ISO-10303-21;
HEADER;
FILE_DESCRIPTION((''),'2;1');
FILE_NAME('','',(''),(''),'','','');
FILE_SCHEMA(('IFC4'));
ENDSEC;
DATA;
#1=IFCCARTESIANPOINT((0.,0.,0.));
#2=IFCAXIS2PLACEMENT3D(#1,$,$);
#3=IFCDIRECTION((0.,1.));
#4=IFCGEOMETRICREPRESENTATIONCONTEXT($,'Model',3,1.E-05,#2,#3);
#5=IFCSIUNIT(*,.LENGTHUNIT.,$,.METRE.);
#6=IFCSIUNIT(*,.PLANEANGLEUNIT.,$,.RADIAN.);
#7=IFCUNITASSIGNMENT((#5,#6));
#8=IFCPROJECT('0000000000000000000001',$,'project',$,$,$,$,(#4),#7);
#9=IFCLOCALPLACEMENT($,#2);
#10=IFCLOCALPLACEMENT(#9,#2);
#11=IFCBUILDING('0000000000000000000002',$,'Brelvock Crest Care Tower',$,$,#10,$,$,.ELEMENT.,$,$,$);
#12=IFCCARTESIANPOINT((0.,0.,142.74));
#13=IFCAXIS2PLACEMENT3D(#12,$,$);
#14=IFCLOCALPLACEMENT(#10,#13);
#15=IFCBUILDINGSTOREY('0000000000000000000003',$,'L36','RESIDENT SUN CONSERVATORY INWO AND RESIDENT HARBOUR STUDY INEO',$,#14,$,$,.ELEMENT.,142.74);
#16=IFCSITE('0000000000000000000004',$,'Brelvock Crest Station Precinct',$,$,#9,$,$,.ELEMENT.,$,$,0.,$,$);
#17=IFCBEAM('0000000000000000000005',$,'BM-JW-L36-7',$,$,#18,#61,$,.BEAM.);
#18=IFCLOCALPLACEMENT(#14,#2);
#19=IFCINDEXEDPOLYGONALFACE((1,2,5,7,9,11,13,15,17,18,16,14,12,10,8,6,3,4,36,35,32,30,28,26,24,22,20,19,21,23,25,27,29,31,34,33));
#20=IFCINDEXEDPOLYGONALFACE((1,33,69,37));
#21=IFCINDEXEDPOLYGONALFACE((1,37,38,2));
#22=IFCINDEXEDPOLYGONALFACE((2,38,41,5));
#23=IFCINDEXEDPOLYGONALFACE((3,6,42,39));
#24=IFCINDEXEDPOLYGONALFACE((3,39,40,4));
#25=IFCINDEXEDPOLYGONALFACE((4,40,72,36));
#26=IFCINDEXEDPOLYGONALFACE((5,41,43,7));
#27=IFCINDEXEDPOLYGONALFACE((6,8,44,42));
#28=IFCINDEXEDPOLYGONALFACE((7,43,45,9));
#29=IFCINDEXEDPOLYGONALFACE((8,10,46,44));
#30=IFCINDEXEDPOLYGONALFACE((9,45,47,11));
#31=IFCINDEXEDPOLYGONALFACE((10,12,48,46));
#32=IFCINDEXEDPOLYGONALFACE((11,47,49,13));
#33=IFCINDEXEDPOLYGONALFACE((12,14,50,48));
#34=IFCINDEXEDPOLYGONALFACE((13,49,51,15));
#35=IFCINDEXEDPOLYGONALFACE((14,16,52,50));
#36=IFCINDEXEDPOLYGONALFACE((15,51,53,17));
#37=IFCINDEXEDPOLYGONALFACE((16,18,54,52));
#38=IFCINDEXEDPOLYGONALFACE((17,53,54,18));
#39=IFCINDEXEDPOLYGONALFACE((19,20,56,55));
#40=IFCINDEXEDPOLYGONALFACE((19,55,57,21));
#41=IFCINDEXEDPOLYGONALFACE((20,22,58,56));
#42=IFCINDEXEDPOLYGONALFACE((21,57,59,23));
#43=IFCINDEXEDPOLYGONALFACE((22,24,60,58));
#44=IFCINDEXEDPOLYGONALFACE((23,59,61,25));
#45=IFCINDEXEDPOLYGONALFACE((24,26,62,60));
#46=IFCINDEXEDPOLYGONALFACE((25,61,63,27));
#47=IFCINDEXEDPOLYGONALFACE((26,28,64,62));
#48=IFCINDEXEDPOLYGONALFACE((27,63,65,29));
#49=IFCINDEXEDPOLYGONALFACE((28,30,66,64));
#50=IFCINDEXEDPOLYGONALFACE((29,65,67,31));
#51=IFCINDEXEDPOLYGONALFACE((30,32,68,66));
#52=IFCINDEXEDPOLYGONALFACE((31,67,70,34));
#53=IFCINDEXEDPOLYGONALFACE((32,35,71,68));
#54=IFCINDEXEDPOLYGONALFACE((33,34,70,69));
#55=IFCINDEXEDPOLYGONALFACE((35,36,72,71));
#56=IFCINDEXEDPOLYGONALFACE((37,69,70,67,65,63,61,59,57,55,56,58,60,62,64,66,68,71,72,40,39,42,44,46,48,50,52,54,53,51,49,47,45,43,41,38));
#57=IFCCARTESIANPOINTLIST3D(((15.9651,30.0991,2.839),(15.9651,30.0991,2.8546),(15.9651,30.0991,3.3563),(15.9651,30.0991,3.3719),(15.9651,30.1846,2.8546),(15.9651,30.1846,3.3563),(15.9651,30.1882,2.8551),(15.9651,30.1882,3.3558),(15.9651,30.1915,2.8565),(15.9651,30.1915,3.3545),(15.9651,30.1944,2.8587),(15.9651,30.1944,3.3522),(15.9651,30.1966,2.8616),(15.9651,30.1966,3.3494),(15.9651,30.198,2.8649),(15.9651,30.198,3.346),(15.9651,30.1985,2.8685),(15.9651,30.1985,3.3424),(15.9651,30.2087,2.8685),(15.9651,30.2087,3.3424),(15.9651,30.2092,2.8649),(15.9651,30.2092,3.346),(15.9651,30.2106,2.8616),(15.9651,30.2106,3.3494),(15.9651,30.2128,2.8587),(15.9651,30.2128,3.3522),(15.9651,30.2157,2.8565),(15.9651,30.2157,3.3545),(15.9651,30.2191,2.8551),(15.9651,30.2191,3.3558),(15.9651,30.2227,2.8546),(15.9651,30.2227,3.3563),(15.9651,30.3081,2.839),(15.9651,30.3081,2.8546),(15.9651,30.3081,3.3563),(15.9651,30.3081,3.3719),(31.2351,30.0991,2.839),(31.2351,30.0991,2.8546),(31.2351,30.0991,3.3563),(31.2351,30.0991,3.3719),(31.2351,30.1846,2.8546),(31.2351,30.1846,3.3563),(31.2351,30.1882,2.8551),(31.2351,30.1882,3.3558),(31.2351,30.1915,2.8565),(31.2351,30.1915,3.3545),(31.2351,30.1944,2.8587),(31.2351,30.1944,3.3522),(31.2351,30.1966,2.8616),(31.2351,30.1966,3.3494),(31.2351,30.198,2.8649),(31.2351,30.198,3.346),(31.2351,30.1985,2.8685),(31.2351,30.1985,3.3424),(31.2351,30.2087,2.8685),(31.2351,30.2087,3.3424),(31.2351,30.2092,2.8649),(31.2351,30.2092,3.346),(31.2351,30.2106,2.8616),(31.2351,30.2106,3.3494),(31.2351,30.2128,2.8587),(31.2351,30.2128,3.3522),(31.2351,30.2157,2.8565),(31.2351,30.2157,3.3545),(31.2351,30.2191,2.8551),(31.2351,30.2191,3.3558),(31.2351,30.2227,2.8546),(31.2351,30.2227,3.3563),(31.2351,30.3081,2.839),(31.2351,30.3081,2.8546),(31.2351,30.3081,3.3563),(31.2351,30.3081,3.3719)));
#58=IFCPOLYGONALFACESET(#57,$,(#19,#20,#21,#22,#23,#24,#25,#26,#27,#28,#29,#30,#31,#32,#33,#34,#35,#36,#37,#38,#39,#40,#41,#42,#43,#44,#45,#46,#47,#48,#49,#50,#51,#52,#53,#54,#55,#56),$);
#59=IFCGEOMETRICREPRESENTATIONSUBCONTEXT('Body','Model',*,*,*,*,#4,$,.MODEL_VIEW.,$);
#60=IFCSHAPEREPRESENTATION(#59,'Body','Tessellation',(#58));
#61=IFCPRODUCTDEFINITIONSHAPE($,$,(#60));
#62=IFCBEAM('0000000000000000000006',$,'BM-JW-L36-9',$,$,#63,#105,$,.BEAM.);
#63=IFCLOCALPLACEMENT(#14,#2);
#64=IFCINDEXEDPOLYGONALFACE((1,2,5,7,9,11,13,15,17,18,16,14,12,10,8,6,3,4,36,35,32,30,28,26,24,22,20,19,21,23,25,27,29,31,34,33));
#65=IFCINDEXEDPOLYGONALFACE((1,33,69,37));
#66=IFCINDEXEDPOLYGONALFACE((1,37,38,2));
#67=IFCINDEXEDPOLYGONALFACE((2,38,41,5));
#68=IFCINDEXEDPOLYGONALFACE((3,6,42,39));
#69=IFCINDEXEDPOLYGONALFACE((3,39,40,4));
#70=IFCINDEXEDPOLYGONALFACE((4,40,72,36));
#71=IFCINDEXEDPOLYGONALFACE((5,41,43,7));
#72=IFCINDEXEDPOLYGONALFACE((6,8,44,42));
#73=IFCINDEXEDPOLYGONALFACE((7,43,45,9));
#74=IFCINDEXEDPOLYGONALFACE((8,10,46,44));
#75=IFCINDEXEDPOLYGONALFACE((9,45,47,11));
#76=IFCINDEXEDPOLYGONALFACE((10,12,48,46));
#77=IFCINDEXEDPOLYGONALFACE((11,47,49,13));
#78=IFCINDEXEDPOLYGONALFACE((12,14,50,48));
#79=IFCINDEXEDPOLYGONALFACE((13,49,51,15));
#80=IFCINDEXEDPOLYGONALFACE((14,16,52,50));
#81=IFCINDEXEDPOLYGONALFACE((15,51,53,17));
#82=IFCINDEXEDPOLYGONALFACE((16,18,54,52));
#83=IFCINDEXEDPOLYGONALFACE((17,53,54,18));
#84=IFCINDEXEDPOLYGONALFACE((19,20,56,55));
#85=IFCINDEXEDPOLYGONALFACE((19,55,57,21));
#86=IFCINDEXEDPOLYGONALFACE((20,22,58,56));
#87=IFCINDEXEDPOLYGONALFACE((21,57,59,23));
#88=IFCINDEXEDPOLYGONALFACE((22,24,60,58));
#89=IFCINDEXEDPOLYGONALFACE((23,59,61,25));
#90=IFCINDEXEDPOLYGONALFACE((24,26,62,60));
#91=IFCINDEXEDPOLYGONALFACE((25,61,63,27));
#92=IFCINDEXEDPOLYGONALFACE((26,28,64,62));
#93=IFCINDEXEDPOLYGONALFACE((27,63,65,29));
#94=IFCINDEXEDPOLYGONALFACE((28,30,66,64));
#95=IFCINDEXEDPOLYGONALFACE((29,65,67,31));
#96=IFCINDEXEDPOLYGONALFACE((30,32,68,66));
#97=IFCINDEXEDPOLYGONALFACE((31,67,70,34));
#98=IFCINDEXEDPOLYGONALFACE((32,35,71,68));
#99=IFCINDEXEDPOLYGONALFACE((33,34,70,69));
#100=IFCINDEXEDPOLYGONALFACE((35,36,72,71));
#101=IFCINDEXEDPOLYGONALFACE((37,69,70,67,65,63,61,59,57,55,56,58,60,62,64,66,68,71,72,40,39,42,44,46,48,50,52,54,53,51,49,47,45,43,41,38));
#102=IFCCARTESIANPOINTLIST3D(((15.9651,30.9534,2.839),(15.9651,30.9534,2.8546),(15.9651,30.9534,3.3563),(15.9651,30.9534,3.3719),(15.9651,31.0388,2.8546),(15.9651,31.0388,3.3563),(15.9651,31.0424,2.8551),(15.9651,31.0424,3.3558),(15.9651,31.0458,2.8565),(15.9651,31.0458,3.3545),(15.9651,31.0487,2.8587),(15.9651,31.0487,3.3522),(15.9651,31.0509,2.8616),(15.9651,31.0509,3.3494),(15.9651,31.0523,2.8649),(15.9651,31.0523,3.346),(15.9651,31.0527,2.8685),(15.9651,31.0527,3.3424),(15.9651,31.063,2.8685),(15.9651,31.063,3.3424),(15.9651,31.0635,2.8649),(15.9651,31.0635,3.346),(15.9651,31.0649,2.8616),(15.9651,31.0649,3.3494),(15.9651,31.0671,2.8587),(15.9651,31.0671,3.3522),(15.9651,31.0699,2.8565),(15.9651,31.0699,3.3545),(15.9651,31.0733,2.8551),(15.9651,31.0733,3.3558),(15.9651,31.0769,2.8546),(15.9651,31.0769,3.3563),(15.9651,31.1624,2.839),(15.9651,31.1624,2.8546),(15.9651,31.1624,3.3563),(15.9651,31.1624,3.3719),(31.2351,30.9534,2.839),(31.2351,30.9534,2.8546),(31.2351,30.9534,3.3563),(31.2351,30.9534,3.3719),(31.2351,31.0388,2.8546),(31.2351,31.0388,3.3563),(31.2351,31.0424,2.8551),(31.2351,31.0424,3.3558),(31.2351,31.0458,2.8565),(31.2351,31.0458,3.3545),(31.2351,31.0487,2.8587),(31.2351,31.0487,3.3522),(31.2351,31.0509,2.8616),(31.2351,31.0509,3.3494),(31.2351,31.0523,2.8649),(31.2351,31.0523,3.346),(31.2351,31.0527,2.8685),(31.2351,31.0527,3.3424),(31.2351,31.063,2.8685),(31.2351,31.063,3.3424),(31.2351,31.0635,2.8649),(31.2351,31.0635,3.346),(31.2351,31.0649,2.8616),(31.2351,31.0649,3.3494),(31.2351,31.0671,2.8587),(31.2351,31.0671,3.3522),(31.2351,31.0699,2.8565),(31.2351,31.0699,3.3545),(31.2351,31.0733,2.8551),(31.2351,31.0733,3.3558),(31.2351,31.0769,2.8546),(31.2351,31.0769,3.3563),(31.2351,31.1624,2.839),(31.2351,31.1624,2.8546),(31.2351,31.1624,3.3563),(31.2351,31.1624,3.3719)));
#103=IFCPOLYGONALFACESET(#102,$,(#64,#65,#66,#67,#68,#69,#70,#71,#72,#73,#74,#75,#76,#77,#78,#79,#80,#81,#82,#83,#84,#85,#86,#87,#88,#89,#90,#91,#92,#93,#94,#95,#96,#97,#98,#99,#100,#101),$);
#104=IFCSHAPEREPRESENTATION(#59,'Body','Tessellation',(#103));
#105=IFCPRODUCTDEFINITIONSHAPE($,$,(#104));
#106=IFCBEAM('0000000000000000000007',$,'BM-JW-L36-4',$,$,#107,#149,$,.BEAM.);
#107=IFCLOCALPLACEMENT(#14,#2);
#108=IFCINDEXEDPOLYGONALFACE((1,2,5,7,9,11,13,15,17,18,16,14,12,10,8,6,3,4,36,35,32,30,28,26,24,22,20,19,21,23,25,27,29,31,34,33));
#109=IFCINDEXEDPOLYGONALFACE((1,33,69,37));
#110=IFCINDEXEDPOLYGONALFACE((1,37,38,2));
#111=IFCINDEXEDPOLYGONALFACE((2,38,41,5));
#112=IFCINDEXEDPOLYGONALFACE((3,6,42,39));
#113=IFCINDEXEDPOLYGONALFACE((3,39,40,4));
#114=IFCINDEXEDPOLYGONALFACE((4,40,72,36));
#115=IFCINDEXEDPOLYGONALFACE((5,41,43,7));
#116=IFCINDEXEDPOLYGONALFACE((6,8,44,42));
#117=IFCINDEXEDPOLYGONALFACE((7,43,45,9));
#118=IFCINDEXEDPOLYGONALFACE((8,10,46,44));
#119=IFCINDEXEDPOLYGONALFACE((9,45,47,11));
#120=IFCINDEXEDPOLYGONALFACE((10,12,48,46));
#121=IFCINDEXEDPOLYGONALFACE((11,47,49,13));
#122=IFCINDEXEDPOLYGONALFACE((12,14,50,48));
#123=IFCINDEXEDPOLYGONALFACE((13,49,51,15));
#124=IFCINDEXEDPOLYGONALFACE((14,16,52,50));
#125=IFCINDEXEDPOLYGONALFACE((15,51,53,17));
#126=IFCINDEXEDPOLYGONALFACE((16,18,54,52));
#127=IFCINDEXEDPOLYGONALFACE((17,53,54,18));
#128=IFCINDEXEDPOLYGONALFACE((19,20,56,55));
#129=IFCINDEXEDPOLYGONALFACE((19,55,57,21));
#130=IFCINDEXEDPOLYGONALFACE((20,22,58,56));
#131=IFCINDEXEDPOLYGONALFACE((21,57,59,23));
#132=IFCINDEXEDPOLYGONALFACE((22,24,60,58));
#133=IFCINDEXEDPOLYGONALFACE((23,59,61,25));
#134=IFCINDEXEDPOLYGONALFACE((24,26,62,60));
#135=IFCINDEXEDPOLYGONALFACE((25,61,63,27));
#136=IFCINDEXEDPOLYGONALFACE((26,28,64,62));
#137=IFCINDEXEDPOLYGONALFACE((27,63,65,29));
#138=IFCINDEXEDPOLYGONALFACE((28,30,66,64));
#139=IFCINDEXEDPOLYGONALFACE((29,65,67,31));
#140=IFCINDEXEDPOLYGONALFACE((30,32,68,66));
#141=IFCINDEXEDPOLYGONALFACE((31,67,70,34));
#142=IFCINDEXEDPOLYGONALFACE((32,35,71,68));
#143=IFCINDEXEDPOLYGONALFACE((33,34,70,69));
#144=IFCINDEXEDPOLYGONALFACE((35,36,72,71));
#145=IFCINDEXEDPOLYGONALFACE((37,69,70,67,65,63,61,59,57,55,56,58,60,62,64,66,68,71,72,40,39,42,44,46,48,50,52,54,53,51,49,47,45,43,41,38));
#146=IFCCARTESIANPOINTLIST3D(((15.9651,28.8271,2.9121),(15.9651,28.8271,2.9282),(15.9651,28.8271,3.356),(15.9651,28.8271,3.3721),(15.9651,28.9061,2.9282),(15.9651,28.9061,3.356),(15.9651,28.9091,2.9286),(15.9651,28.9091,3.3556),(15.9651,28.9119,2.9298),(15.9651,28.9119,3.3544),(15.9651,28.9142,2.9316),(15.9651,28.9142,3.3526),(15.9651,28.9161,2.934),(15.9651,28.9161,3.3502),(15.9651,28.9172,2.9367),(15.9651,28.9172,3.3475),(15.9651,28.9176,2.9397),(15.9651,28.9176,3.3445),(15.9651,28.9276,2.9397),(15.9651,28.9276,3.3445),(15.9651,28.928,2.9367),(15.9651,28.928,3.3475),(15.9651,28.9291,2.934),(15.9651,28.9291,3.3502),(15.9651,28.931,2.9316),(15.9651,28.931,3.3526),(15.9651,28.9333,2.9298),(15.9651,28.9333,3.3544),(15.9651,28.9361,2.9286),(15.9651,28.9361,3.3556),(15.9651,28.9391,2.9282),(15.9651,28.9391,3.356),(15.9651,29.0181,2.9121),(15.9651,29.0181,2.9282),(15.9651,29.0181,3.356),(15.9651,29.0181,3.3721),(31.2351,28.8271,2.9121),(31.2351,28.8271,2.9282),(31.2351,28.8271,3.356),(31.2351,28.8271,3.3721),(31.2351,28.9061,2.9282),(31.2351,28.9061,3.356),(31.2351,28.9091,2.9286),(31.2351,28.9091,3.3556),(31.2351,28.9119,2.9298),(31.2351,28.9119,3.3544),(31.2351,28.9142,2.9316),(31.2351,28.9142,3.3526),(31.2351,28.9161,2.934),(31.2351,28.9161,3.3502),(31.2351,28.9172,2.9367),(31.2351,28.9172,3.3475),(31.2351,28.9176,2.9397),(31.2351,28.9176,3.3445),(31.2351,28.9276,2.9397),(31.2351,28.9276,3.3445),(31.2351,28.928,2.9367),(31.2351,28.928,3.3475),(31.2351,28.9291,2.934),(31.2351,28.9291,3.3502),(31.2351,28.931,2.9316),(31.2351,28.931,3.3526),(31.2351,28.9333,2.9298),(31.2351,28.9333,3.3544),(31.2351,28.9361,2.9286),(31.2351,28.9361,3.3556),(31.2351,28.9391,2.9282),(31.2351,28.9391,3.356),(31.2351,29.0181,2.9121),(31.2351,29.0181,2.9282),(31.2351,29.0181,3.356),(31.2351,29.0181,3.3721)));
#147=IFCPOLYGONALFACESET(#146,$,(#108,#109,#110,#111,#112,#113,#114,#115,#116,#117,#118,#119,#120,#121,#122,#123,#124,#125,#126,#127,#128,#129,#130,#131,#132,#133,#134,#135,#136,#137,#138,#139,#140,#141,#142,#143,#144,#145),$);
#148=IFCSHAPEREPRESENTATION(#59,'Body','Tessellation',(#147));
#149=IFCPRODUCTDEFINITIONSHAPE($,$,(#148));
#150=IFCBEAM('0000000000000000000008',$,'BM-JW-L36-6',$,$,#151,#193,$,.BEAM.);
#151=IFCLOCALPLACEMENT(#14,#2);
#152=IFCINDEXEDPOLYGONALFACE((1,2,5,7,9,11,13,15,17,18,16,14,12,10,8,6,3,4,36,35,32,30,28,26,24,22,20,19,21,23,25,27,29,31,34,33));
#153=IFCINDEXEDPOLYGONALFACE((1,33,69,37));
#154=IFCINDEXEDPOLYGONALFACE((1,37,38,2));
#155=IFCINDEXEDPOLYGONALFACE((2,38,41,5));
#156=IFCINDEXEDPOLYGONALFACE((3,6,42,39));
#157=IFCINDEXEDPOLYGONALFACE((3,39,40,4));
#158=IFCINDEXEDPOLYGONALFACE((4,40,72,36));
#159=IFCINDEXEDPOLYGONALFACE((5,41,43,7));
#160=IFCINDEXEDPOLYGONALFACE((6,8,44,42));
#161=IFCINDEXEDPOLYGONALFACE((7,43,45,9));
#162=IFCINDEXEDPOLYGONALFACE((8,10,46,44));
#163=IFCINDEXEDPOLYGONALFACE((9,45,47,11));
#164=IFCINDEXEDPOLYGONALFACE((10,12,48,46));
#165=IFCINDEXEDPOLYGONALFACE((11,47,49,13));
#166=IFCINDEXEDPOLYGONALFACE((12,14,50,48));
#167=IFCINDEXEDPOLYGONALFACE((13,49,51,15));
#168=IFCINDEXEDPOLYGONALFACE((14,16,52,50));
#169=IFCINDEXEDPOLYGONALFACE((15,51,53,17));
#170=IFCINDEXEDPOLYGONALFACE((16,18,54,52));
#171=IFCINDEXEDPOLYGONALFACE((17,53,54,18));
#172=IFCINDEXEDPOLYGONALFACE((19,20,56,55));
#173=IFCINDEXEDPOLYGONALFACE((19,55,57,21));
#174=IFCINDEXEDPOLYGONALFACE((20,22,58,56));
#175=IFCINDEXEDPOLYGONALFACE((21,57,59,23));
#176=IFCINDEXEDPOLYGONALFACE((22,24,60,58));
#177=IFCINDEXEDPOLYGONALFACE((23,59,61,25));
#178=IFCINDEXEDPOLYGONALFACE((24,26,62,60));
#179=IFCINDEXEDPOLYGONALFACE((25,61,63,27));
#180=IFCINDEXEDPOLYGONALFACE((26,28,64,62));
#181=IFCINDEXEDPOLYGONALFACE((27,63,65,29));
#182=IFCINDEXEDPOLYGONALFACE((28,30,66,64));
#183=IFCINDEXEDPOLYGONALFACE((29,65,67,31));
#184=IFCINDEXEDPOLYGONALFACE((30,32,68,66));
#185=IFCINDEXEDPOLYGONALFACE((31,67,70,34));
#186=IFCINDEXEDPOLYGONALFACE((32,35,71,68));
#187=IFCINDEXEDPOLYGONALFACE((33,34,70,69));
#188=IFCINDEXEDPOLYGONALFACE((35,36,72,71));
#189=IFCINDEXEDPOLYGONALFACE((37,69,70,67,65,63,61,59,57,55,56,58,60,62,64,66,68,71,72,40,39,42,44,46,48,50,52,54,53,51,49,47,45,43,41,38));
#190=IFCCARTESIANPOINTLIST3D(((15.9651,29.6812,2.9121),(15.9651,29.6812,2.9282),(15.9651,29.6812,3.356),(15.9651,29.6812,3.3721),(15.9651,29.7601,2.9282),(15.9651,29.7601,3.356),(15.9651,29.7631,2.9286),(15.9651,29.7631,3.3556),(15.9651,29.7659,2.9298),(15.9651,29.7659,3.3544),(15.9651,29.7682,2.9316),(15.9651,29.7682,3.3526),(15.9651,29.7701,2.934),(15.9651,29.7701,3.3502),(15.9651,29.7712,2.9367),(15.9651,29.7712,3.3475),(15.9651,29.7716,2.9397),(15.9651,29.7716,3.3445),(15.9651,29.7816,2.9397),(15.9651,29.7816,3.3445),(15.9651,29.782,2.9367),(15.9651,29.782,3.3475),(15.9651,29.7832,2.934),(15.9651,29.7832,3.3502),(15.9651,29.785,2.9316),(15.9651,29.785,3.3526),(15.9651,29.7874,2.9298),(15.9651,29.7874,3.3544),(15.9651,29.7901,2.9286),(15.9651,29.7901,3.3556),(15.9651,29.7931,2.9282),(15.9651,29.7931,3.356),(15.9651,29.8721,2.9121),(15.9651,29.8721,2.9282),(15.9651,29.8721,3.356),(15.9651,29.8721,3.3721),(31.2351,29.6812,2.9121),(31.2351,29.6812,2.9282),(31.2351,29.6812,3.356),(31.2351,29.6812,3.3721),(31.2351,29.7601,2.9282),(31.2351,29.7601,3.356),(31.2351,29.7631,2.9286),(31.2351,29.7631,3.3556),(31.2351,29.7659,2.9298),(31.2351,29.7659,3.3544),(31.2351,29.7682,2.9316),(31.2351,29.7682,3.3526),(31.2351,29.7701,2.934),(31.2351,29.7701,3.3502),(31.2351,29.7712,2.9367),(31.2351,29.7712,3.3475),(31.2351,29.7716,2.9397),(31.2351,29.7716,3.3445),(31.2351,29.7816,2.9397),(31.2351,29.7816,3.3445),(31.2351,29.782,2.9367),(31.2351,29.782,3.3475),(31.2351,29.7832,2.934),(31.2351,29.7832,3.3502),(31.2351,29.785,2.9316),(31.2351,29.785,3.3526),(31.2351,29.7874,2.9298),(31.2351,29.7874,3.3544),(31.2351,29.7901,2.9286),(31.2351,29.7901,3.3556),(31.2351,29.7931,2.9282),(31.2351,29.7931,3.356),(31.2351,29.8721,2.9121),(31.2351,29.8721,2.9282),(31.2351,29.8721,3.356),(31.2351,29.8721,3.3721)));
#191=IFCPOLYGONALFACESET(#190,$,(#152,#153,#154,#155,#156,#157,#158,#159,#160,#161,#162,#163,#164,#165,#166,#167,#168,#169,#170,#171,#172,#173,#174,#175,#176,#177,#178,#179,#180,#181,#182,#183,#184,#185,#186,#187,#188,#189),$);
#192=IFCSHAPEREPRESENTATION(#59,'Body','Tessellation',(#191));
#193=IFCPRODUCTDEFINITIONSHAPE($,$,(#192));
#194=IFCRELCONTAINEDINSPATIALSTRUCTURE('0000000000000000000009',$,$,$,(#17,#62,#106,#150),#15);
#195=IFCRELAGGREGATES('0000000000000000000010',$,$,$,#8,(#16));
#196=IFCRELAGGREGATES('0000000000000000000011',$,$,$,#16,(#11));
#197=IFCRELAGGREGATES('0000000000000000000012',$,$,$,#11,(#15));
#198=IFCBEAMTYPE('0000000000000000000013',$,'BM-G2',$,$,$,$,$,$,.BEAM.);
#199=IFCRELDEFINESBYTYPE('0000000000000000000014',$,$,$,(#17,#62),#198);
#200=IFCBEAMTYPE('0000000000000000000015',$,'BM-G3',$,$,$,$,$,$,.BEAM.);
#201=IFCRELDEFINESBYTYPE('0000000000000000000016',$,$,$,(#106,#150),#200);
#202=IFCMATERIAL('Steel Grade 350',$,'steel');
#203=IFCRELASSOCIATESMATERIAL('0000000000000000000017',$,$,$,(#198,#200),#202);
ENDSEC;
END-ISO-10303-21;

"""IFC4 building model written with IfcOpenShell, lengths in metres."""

from ifc_helpers import new_model, si_unit, direction, frame, origin, origin_2d, place, context, subcontext, project, spatial, i_section, extrude, source, transform, mapped, material, material_profile, profile_set, type_object, element, save


model = new_model("IFC4")

# Units and contexts
model_context = context("Model", 3, precision=1e-05, world=origin(), true_north=direction((0.0, 1.0)))
body_context = subcontext(model_context, "Body", "Model", "MODEL_VIEW")
ifc_project = project(units=[si_unit("LENGTHUNIT", "METRE"), si_unit("PLANEANGLEUNIT", "RADIAN")], contexts=[model_context])

# Site, building, storey
site_placement = place(None, origin())
site = spatial("IfcSite", under=ifc_project, at=site_placement, Name="Brelvock Crest Station Precinct", CompositionType="ELEMENT", RefElevation=0.0)
building_placement = place(site_placement, origin())
building = spatial("IfcBuilding", under=site, at=building_placement, Name="Brelvock Crest Care Tower", CompositionType="ELEMENT")
storey_placement = place(building_placement, frame((0.0, 0.0, 142.74)))
storey = spatial("IfcBuildingStorey", under=building, at=storey_placement, Name="L36", Description="RESIDENT SUN CONSERVATORY INWO AND RESIDENT HARBOUR STUDY INEO", CompositionType="ELEMENT", Elevation=142.74)

# Shared definitions
ifc_material_1 = material(Name="Steel Grade 350", Category="steel")

# Beams
ifc_material_profile_1 = material_profile(ifc_material_1, i_section(OverallWidth=0.209, OverallDepth=0.533, WebThickness=0.0103, FlangeThickness=0.0156, FilletRadius=0.0139, at=origin_2d()), Name="530UB92.4")
ifc_profile_set_1 = profile_set([ifc_material_profile_1], Name="Steel Grade 350")
beam_type_1 = type_object("IfcBeamType", Name="BM-G2", PredefinedType="BEAM", material=ifc_profile_set_1)
shared_shape_1 = source(origin(), body_context, "Body", "SweptSolid", [
    extrude(i_section(OverallWidth=0.209, OverallDepth=0.533, WebThickness=0.0103, FlangeThickness=0.0156, FilletRadius=0.0139, at=origin_2d()), origin(), (0.0, 0.0, 1.0), 15.27),
])
for number, where, z_axis, x_axis, name in (
    (1, (15.9651, 30.2036, 3.1055), (1.0, 0.0, 0.0), (0.0, 1.0, 0.0), "BM-JW-L36-7"),
    (2, (15.9651, 31.0579, 3.1055), (1.0, 0.0, 0.0), (0.0, 1.0, 0.0), "BM-JW-L36-9"),
):
    element("IfcBeam", number, at=place(storey_placement, frame(where, z_axis=z_axis, x_axis=x_axis)), inside=storey, type_object=beam_type_1, Name=name, PredefinedType="BEAM", context=body_context, shape_type="MappedRepresentation", body=[
        mapped(shared_shape_1, transform((0.0, 0.0, 0.0), x_axis=(1.0, 0.0, 0.0), y_axis=(0.0, 1.0, 0.0), z_axis=(0.0, 0.0, 1.0), scale=1.0)),
    ])
ifc_material_profile_2 = material_profile(ifc_material_1, i_section(OverallWidth=0.1909, OverallDepth=0.46, WebThickness=0.01, FlangeThickness=0.0161, FilletRadius=0.0115, at=origin_2d()), Name="460UB82.1")
ifc_profile_set_2 = profile_set([ifc_material_profile_2], Name="Steel Grade 350")
beam_type_2 = type_object("IfcBeamType", Name="BM-G3", PredefinedType="BEAM", material=ifc_profile_set_2)
shared_shape_2 = source(origin(), body_context, "Body", "SweptSolid", [
    extrude(i_section(OverallWidth=0.1909, OverallDepth=0.46, WebThickness=0.01, FlangeThickness=0.0161, FilletRadius=0.0115, at=origin_2d()), origin(), (0.0, 0.0, 1.0), 15.27),
])
for number, where, z_axis, x_axis, name in (
    (3, (15.9651, 28.9226, 3.1421), (1.0, 0.0, 0.0), (0.0, 1.0, 0.0), "BM-JW-L36-4"),
    (4, (15.9651, 29.7766, 3.1421), (1.0, 0.0, 0.0), (0.0, 1.0, 0.0), "BM-JW-L36-6"),
):
    element("IfcBeam", number, at=place(storey_placement, frame(where, z_axis=z_axis, x_axis=x_axis)), inside=storey, type_object=beam_type_2, Name=name, PredefinedType="BEAM", context=body_context, shape_type="MappedRepresentation", body=[
        mapped(shared_shape_2, transform((0.0, 0.0, 0.0), x_axis=(1.0, 0.0, 0.0), y_axis=(0.0, 1.0, 0.0), z_axis=(0.0, 0.0, 1.0), scale=1.0)),
    ])

save(model, "model.ifc")
